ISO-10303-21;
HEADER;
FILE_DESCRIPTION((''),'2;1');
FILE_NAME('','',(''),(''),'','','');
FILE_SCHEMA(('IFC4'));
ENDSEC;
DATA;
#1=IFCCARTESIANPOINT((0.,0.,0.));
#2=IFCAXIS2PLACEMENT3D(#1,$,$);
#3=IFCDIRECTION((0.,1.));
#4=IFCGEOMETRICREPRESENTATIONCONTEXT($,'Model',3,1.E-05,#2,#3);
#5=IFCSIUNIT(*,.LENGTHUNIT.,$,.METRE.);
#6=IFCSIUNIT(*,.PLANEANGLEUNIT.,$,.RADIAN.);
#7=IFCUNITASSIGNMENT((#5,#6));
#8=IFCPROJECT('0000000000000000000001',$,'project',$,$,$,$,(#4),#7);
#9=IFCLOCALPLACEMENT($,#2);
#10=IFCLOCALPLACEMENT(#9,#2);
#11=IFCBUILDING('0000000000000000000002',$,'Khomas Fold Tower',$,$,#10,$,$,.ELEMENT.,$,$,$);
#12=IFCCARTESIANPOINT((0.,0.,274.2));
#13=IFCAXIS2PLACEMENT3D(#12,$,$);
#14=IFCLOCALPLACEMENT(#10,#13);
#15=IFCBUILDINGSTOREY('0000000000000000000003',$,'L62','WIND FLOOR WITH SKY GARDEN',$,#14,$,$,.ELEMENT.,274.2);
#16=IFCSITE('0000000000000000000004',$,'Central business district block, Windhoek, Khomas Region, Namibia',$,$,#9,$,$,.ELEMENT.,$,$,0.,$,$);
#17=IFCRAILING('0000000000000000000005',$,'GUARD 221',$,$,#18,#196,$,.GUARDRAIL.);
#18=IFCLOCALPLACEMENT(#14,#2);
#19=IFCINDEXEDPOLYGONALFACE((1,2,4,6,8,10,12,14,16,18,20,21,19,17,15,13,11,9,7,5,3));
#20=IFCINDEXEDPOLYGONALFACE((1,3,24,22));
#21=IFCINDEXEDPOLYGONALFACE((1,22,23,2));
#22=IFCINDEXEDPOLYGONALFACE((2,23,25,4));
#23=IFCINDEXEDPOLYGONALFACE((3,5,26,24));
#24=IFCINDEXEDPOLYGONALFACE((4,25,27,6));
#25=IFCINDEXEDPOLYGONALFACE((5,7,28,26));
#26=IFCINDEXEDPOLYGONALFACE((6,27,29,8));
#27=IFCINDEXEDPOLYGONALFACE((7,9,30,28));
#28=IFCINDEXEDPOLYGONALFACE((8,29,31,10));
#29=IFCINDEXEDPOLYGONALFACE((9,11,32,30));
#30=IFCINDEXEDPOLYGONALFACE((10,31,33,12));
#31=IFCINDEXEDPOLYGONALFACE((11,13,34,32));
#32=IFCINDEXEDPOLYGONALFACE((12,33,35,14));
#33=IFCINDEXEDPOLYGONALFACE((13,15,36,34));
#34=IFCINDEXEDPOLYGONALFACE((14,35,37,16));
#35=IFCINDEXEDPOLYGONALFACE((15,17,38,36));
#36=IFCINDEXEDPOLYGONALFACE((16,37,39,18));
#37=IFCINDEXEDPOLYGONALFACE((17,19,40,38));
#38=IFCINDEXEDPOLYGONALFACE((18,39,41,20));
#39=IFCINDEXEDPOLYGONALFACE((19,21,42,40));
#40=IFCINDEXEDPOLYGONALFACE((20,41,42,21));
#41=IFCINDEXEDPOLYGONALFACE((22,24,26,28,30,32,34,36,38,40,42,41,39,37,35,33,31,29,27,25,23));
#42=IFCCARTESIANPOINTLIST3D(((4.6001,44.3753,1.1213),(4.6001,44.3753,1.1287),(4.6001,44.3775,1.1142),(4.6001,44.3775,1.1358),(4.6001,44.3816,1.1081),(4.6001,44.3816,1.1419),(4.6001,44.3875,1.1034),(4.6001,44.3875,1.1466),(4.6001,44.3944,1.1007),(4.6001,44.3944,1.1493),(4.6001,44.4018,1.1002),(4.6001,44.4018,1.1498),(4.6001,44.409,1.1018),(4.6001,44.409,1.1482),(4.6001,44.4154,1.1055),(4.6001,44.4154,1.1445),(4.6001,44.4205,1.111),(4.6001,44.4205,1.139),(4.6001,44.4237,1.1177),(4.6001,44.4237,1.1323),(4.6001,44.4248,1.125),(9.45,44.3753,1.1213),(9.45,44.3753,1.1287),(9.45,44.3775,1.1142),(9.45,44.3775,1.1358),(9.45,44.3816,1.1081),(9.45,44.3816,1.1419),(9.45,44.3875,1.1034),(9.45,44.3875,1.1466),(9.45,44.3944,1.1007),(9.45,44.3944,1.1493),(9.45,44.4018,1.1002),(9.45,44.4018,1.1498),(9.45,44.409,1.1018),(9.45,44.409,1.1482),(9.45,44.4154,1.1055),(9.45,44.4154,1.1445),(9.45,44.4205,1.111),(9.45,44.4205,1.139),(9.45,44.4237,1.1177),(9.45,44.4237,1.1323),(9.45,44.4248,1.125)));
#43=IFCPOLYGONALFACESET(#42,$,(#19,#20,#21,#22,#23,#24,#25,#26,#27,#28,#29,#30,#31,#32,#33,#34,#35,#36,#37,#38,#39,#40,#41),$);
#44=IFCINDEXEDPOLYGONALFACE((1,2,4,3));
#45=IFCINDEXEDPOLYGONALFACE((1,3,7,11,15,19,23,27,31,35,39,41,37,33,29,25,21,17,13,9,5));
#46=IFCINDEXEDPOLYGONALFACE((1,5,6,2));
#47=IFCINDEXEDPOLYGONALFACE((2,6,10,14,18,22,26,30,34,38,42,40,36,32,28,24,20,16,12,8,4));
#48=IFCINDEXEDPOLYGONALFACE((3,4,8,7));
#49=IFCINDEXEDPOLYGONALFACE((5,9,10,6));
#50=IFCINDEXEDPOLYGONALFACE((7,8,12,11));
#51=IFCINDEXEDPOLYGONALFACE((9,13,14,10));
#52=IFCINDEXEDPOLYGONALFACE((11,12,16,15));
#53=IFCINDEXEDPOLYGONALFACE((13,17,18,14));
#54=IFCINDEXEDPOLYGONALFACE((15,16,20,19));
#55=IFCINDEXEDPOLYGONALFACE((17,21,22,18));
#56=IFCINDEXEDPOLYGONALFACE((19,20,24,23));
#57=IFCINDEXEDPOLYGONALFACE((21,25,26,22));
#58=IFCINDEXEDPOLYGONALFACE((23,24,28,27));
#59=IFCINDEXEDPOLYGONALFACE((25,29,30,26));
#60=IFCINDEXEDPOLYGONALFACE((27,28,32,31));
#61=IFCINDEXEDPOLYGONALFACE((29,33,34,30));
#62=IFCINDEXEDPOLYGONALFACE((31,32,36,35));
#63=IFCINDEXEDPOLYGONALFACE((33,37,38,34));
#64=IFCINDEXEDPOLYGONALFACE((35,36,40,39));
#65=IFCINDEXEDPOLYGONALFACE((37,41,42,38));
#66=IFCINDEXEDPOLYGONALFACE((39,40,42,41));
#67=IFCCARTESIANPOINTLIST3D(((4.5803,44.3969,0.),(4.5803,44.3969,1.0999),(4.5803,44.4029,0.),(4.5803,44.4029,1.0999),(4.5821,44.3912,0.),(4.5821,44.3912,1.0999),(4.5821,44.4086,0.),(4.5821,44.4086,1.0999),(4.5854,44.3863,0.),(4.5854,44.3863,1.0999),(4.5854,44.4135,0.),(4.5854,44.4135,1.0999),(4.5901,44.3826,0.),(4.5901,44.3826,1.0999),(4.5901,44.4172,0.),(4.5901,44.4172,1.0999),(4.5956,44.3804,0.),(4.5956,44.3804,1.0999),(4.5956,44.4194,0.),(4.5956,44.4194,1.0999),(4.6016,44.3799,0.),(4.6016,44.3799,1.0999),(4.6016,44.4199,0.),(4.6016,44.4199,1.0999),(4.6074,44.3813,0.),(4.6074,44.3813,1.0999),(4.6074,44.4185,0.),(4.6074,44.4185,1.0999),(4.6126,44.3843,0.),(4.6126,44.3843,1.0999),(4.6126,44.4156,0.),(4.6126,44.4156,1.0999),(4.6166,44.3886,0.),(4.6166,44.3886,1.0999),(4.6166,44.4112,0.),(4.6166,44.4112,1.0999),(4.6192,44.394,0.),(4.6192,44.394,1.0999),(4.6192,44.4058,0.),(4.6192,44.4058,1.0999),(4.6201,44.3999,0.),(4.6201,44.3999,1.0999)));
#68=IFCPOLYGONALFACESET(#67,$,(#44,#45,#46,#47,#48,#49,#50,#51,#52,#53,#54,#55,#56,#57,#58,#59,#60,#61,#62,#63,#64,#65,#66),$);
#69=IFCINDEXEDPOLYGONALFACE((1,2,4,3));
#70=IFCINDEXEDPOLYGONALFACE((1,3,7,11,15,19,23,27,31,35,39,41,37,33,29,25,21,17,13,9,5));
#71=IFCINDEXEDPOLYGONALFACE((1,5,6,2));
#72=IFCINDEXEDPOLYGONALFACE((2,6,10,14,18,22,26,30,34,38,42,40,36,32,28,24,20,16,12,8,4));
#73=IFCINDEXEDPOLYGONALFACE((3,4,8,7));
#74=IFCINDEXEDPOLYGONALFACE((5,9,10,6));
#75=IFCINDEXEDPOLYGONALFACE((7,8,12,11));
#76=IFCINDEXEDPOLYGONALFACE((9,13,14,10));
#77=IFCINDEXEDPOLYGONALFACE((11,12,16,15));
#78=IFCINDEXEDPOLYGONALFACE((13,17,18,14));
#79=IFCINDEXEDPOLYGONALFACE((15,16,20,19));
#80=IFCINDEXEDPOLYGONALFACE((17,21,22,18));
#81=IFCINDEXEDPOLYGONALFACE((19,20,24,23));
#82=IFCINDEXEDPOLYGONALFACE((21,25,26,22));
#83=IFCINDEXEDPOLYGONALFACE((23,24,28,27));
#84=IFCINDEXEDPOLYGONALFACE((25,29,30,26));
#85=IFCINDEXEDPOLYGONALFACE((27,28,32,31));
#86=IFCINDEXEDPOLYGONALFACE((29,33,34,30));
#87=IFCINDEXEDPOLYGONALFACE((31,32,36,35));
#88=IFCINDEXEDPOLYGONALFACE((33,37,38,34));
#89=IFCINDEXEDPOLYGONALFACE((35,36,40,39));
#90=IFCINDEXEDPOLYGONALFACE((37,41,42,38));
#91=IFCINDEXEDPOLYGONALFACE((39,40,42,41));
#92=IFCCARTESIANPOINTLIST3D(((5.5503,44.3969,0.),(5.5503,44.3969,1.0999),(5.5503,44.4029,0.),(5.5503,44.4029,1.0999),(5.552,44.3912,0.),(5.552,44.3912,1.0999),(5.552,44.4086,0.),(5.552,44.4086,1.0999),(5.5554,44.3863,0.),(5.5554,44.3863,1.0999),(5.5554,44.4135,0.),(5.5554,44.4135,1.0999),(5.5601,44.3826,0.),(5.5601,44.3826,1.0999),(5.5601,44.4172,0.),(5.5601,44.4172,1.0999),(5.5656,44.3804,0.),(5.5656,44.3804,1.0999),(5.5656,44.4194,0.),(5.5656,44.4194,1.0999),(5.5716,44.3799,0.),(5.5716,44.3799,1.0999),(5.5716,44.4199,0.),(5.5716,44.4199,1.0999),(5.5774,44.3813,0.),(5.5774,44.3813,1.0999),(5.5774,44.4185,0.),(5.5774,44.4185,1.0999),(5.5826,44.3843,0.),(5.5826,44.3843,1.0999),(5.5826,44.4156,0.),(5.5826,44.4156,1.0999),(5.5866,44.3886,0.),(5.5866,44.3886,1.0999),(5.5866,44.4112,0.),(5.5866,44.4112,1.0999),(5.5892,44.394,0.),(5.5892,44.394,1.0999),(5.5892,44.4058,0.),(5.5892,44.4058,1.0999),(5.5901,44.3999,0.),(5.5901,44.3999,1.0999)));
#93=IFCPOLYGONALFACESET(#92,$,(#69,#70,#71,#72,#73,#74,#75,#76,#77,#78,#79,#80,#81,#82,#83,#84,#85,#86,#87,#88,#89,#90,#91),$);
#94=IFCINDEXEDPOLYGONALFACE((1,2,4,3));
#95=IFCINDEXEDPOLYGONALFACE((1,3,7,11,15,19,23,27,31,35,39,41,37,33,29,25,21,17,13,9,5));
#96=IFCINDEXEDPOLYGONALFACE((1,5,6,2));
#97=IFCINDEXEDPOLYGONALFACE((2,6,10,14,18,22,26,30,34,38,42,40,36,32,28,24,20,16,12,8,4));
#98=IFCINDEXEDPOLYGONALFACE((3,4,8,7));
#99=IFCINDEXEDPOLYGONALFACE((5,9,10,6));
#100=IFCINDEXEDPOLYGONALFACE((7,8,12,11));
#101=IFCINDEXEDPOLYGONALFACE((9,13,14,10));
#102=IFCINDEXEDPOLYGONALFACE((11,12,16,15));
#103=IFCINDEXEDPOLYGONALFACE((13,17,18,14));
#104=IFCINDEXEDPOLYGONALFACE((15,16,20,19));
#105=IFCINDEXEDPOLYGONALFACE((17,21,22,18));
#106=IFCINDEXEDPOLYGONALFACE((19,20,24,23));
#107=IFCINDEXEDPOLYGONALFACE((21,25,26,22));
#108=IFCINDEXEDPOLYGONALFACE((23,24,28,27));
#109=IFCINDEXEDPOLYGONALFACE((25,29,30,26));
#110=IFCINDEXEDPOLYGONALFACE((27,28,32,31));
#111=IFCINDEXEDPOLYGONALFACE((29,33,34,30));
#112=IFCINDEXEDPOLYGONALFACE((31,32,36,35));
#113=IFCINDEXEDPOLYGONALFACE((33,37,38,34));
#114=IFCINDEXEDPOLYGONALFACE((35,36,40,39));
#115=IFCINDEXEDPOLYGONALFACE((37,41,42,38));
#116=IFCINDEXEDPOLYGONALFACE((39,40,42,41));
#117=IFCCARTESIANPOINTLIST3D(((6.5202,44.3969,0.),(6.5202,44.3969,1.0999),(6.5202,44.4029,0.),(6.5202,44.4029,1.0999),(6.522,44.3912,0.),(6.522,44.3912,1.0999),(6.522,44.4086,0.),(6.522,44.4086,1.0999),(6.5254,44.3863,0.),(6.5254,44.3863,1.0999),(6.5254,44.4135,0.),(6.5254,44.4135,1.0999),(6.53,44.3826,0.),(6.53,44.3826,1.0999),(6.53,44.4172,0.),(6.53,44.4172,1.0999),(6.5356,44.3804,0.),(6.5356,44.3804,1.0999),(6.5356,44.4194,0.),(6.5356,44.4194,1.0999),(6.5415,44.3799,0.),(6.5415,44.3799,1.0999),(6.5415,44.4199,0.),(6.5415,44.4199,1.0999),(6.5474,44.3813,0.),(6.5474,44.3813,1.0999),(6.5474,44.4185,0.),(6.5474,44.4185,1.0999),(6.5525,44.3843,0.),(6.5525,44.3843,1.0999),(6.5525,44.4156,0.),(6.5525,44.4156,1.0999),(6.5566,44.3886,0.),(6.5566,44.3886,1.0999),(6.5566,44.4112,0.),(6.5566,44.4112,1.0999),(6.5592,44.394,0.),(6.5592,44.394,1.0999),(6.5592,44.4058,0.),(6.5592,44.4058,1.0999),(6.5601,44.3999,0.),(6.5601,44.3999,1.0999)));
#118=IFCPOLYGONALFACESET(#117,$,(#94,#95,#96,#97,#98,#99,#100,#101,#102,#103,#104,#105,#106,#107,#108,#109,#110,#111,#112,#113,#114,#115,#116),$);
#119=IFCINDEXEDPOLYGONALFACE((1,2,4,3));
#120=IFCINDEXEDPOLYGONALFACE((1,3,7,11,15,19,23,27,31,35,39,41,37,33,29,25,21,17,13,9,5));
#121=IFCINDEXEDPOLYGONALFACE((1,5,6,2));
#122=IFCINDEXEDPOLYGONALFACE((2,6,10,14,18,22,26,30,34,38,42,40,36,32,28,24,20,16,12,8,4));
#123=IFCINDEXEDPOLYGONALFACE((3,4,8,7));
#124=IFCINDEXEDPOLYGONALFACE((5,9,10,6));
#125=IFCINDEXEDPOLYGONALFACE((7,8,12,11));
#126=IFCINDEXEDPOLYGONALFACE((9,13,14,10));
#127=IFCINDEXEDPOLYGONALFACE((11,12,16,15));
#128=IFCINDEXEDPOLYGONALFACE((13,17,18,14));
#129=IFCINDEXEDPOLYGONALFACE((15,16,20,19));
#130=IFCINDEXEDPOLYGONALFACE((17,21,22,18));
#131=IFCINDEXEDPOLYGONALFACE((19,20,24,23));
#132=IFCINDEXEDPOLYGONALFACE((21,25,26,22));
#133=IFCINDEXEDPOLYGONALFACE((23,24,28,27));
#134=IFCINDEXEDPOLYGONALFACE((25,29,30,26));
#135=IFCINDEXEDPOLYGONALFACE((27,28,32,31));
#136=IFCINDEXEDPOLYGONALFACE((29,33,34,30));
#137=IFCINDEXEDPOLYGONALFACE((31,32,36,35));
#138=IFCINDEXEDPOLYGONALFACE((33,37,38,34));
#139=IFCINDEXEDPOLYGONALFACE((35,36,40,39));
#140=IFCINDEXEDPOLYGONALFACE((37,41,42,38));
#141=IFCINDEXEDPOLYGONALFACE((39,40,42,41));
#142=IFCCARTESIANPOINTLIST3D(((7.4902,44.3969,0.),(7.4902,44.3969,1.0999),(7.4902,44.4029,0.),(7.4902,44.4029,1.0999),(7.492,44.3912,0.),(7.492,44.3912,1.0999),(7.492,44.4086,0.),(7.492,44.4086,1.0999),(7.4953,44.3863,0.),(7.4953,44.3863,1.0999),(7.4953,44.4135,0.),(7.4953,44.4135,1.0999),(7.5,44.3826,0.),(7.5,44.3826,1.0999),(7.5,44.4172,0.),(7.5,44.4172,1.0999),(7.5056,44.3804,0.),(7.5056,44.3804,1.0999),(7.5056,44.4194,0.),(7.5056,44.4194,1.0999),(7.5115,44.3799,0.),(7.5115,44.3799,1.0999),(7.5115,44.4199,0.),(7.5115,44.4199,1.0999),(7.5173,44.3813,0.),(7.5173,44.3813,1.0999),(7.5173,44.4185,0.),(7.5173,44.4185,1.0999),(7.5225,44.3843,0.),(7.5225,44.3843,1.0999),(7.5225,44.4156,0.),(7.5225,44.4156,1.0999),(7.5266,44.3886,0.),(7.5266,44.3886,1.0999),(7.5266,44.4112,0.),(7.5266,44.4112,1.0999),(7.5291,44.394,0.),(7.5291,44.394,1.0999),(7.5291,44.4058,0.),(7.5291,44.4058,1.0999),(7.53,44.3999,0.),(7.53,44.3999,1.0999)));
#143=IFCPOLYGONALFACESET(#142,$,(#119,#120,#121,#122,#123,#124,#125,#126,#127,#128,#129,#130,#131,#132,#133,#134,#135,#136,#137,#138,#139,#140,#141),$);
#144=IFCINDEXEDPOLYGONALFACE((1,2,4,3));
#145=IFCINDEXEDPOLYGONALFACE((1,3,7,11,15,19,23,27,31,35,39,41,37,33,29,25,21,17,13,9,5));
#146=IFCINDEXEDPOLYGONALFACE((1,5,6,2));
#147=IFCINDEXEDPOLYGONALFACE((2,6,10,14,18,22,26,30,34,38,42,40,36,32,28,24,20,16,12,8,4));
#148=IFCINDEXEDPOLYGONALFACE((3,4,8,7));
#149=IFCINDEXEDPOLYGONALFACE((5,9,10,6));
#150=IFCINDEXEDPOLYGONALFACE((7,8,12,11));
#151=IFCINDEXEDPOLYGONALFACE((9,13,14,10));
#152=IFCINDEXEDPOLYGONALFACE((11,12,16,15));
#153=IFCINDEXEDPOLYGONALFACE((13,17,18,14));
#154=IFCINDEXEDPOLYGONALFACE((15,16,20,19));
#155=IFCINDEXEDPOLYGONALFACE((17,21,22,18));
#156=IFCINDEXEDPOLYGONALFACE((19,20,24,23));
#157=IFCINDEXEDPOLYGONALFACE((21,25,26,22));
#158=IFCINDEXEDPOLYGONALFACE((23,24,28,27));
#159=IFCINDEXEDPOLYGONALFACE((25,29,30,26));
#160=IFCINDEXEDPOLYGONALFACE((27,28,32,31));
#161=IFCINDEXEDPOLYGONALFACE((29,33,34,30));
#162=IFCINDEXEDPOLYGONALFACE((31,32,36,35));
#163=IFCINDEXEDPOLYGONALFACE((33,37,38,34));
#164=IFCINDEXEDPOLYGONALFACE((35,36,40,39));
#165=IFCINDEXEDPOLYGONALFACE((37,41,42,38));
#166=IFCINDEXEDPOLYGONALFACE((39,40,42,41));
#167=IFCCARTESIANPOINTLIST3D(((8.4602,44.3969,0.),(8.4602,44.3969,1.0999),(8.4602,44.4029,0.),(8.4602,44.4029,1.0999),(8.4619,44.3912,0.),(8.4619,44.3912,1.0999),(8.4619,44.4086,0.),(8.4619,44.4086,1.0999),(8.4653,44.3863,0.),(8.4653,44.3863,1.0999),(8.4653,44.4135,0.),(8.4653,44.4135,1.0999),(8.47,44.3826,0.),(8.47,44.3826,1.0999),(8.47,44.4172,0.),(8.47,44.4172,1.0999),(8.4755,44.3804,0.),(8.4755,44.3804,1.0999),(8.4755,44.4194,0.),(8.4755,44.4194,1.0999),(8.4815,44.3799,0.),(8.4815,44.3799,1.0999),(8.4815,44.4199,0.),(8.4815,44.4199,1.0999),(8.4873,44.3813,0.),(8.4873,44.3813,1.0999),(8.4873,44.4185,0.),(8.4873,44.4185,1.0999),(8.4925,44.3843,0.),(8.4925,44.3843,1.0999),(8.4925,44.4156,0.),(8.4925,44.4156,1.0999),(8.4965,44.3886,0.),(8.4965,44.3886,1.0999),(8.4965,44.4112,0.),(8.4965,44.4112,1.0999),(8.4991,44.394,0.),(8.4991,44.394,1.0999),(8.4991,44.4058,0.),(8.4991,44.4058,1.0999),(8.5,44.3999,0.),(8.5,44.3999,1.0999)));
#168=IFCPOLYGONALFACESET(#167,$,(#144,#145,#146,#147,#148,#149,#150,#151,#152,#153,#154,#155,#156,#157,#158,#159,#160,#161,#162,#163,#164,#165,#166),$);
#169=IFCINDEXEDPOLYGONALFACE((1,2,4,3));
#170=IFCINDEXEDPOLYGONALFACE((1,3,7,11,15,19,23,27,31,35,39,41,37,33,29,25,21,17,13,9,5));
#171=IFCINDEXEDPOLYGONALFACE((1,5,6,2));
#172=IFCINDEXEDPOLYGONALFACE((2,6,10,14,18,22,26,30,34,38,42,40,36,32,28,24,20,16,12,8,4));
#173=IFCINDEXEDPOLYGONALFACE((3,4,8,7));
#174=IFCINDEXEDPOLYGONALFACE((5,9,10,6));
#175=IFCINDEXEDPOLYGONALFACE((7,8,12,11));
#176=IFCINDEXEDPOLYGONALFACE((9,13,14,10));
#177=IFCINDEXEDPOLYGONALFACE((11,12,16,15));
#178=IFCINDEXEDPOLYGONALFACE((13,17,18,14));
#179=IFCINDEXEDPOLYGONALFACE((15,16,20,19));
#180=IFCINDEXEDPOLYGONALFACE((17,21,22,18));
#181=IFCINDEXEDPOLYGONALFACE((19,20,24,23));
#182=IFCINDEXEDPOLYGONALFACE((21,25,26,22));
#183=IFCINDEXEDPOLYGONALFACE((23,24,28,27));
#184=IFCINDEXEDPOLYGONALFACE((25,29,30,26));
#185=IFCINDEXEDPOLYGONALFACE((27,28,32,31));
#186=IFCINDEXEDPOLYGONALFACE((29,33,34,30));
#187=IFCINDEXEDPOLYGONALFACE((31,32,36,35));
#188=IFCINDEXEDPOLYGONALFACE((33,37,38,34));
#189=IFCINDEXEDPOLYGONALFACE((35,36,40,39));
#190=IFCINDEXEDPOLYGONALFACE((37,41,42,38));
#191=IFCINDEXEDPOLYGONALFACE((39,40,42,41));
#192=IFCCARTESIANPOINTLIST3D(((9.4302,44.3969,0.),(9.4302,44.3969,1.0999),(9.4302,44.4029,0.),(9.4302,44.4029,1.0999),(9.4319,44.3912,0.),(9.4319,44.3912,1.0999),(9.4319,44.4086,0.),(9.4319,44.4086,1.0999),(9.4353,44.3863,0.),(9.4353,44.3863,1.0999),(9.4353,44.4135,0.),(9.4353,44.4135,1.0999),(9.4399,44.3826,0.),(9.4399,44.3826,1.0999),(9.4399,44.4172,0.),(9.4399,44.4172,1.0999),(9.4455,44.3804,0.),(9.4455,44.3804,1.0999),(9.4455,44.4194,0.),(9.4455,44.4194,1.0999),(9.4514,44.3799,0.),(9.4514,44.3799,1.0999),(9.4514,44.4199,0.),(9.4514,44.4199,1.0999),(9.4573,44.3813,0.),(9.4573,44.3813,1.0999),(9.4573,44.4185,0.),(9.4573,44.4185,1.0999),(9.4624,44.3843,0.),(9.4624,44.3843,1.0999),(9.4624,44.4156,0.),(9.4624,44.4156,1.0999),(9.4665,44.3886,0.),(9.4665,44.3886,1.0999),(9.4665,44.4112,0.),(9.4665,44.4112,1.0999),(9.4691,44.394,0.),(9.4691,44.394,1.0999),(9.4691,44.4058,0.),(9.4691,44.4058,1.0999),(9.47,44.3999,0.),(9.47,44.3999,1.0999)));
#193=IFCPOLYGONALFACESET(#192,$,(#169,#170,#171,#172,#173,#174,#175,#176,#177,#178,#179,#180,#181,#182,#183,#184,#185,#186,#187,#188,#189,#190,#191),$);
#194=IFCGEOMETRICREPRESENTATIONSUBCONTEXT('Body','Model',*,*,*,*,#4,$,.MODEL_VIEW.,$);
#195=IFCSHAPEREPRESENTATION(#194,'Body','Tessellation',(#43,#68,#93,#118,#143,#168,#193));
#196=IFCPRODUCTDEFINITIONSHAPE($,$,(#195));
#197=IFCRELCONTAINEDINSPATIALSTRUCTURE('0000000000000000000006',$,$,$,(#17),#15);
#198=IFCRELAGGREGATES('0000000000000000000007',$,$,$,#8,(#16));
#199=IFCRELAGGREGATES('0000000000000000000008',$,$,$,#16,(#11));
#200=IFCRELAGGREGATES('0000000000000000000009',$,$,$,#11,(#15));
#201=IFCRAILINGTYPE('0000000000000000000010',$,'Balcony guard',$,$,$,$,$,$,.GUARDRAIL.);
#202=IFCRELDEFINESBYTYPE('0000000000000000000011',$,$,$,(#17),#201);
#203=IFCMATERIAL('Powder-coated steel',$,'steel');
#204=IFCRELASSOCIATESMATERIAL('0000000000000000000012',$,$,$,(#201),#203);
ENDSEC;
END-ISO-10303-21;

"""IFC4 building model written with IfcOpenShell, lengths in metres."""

from ifc_helpers import new_model, si_unit, direction, frame, origin, origin_2d, place, context, subcontext, project, spatial, circle, extrude, source, transform, mapped, material, type_object, element, save


model = new_model("IFC4")

# Units and contexts
model_context = context("Model", 3, precision=1e-05, world=origin(), true_north=direction((0.0, 1.0)))
body_context = subcontext(model_context, "Body", "Model", "MODEL_VIEW")
ifc_project = project(units=[si_unit("LENGTHUNIT", "METRE"), si_unit("PLANEANGLEUNIT", "RADIAN")], contexts=[model_context])

# Site, building, storey
site_placement = place(None, origin())
site = spatial("IfcSite", under=ifc_project, at=site_placement, Name="Central business district block, Windhoek, Khomas Region, Namibia", CompositionType="ELEMENT", RefElevation=0.0)
building_placement = place(site_placement, origin())
building = spatial("IfcBuilding", under=site, at=building_placement, Name="Khomas Fold Tower", CompositionType="ELEMENT")
storey_placement = place(building_placement, frame((0.0, 0.0, 274.2)))
storey = spatial("IfcBuildingStorey", under=building, at=storey_placement, Name="L62", Description="WIND FLOOR WITH SKY GARDEN", CompositionType="ELEMENT", Elevation=274.2)

# Railing
ifc_material_1 = material(Name="Powder-coated steel", Category="steel")
railing_type = type_object("IfcRailingType", Name="Balcony guard", PredefinedType="GUARDRAIL", material=ifc_material_1)
shared_shape_1 = source(origin(), body_context, "Body", "SweptSolid", [
    extrude(circle(Radius=0.0249, at=origin_2d()), frame((0.0, 0.0, 1.125), z_axis=(1.0, 0.0, 0.0), x_axis=(0.0, 1.0, 0.0)), (0.0, 0.0, 1.0), 4.8499),
    extrude(circle(Radius=0.02, at=origin_2d()), origin(), (0.0, 0.0, 1.0), 1.0999),
    extrude(circle(Radius=0.02, at=origin_2d()), frame((0.97, 0.0, 0.0)), (0.0, 0.0, 1.0), 1.0999),
    extrude(circle(Radius=0.02, at=origin_2d()), frame((1.9399, 0.0, 0.0)), (0.0, 0.0, 1.0), 1.0999),
    extrude(circle(Radius=0.02, at=origin_2d()), frame((2.9099, 0.0, 0.0)), (0.0, 0.0, 1.0), 1.0999),
    extrude(circle(Radius=0.02, at=origin_2d()), frame((3.8799, 0.0, 0.0)), (0.0, 0.0, 1.0), 1.0999),
    extrude(circle(Radius=0.02, at=origin_2d()), frame((4.8499, 0.0, 0.0)), (0.0, 0.0, 1.0), 1.0999),
])
railing_1_placement = place(storey_placement, frame((4.6001, 44.3999, 0.0)))
element("IfcRailing", 1, at=railing_1_placement, inside=storey, type_object=railing_type, Name="GUARD 221", PredefinedType="GUARDRAIL", context=body_context, shape_type="MappedRepresentation", body=[
    mapped(shared_shape_1, transform((0.0, 0.0, 0.0))),
])

save(model, "model.ifc")
